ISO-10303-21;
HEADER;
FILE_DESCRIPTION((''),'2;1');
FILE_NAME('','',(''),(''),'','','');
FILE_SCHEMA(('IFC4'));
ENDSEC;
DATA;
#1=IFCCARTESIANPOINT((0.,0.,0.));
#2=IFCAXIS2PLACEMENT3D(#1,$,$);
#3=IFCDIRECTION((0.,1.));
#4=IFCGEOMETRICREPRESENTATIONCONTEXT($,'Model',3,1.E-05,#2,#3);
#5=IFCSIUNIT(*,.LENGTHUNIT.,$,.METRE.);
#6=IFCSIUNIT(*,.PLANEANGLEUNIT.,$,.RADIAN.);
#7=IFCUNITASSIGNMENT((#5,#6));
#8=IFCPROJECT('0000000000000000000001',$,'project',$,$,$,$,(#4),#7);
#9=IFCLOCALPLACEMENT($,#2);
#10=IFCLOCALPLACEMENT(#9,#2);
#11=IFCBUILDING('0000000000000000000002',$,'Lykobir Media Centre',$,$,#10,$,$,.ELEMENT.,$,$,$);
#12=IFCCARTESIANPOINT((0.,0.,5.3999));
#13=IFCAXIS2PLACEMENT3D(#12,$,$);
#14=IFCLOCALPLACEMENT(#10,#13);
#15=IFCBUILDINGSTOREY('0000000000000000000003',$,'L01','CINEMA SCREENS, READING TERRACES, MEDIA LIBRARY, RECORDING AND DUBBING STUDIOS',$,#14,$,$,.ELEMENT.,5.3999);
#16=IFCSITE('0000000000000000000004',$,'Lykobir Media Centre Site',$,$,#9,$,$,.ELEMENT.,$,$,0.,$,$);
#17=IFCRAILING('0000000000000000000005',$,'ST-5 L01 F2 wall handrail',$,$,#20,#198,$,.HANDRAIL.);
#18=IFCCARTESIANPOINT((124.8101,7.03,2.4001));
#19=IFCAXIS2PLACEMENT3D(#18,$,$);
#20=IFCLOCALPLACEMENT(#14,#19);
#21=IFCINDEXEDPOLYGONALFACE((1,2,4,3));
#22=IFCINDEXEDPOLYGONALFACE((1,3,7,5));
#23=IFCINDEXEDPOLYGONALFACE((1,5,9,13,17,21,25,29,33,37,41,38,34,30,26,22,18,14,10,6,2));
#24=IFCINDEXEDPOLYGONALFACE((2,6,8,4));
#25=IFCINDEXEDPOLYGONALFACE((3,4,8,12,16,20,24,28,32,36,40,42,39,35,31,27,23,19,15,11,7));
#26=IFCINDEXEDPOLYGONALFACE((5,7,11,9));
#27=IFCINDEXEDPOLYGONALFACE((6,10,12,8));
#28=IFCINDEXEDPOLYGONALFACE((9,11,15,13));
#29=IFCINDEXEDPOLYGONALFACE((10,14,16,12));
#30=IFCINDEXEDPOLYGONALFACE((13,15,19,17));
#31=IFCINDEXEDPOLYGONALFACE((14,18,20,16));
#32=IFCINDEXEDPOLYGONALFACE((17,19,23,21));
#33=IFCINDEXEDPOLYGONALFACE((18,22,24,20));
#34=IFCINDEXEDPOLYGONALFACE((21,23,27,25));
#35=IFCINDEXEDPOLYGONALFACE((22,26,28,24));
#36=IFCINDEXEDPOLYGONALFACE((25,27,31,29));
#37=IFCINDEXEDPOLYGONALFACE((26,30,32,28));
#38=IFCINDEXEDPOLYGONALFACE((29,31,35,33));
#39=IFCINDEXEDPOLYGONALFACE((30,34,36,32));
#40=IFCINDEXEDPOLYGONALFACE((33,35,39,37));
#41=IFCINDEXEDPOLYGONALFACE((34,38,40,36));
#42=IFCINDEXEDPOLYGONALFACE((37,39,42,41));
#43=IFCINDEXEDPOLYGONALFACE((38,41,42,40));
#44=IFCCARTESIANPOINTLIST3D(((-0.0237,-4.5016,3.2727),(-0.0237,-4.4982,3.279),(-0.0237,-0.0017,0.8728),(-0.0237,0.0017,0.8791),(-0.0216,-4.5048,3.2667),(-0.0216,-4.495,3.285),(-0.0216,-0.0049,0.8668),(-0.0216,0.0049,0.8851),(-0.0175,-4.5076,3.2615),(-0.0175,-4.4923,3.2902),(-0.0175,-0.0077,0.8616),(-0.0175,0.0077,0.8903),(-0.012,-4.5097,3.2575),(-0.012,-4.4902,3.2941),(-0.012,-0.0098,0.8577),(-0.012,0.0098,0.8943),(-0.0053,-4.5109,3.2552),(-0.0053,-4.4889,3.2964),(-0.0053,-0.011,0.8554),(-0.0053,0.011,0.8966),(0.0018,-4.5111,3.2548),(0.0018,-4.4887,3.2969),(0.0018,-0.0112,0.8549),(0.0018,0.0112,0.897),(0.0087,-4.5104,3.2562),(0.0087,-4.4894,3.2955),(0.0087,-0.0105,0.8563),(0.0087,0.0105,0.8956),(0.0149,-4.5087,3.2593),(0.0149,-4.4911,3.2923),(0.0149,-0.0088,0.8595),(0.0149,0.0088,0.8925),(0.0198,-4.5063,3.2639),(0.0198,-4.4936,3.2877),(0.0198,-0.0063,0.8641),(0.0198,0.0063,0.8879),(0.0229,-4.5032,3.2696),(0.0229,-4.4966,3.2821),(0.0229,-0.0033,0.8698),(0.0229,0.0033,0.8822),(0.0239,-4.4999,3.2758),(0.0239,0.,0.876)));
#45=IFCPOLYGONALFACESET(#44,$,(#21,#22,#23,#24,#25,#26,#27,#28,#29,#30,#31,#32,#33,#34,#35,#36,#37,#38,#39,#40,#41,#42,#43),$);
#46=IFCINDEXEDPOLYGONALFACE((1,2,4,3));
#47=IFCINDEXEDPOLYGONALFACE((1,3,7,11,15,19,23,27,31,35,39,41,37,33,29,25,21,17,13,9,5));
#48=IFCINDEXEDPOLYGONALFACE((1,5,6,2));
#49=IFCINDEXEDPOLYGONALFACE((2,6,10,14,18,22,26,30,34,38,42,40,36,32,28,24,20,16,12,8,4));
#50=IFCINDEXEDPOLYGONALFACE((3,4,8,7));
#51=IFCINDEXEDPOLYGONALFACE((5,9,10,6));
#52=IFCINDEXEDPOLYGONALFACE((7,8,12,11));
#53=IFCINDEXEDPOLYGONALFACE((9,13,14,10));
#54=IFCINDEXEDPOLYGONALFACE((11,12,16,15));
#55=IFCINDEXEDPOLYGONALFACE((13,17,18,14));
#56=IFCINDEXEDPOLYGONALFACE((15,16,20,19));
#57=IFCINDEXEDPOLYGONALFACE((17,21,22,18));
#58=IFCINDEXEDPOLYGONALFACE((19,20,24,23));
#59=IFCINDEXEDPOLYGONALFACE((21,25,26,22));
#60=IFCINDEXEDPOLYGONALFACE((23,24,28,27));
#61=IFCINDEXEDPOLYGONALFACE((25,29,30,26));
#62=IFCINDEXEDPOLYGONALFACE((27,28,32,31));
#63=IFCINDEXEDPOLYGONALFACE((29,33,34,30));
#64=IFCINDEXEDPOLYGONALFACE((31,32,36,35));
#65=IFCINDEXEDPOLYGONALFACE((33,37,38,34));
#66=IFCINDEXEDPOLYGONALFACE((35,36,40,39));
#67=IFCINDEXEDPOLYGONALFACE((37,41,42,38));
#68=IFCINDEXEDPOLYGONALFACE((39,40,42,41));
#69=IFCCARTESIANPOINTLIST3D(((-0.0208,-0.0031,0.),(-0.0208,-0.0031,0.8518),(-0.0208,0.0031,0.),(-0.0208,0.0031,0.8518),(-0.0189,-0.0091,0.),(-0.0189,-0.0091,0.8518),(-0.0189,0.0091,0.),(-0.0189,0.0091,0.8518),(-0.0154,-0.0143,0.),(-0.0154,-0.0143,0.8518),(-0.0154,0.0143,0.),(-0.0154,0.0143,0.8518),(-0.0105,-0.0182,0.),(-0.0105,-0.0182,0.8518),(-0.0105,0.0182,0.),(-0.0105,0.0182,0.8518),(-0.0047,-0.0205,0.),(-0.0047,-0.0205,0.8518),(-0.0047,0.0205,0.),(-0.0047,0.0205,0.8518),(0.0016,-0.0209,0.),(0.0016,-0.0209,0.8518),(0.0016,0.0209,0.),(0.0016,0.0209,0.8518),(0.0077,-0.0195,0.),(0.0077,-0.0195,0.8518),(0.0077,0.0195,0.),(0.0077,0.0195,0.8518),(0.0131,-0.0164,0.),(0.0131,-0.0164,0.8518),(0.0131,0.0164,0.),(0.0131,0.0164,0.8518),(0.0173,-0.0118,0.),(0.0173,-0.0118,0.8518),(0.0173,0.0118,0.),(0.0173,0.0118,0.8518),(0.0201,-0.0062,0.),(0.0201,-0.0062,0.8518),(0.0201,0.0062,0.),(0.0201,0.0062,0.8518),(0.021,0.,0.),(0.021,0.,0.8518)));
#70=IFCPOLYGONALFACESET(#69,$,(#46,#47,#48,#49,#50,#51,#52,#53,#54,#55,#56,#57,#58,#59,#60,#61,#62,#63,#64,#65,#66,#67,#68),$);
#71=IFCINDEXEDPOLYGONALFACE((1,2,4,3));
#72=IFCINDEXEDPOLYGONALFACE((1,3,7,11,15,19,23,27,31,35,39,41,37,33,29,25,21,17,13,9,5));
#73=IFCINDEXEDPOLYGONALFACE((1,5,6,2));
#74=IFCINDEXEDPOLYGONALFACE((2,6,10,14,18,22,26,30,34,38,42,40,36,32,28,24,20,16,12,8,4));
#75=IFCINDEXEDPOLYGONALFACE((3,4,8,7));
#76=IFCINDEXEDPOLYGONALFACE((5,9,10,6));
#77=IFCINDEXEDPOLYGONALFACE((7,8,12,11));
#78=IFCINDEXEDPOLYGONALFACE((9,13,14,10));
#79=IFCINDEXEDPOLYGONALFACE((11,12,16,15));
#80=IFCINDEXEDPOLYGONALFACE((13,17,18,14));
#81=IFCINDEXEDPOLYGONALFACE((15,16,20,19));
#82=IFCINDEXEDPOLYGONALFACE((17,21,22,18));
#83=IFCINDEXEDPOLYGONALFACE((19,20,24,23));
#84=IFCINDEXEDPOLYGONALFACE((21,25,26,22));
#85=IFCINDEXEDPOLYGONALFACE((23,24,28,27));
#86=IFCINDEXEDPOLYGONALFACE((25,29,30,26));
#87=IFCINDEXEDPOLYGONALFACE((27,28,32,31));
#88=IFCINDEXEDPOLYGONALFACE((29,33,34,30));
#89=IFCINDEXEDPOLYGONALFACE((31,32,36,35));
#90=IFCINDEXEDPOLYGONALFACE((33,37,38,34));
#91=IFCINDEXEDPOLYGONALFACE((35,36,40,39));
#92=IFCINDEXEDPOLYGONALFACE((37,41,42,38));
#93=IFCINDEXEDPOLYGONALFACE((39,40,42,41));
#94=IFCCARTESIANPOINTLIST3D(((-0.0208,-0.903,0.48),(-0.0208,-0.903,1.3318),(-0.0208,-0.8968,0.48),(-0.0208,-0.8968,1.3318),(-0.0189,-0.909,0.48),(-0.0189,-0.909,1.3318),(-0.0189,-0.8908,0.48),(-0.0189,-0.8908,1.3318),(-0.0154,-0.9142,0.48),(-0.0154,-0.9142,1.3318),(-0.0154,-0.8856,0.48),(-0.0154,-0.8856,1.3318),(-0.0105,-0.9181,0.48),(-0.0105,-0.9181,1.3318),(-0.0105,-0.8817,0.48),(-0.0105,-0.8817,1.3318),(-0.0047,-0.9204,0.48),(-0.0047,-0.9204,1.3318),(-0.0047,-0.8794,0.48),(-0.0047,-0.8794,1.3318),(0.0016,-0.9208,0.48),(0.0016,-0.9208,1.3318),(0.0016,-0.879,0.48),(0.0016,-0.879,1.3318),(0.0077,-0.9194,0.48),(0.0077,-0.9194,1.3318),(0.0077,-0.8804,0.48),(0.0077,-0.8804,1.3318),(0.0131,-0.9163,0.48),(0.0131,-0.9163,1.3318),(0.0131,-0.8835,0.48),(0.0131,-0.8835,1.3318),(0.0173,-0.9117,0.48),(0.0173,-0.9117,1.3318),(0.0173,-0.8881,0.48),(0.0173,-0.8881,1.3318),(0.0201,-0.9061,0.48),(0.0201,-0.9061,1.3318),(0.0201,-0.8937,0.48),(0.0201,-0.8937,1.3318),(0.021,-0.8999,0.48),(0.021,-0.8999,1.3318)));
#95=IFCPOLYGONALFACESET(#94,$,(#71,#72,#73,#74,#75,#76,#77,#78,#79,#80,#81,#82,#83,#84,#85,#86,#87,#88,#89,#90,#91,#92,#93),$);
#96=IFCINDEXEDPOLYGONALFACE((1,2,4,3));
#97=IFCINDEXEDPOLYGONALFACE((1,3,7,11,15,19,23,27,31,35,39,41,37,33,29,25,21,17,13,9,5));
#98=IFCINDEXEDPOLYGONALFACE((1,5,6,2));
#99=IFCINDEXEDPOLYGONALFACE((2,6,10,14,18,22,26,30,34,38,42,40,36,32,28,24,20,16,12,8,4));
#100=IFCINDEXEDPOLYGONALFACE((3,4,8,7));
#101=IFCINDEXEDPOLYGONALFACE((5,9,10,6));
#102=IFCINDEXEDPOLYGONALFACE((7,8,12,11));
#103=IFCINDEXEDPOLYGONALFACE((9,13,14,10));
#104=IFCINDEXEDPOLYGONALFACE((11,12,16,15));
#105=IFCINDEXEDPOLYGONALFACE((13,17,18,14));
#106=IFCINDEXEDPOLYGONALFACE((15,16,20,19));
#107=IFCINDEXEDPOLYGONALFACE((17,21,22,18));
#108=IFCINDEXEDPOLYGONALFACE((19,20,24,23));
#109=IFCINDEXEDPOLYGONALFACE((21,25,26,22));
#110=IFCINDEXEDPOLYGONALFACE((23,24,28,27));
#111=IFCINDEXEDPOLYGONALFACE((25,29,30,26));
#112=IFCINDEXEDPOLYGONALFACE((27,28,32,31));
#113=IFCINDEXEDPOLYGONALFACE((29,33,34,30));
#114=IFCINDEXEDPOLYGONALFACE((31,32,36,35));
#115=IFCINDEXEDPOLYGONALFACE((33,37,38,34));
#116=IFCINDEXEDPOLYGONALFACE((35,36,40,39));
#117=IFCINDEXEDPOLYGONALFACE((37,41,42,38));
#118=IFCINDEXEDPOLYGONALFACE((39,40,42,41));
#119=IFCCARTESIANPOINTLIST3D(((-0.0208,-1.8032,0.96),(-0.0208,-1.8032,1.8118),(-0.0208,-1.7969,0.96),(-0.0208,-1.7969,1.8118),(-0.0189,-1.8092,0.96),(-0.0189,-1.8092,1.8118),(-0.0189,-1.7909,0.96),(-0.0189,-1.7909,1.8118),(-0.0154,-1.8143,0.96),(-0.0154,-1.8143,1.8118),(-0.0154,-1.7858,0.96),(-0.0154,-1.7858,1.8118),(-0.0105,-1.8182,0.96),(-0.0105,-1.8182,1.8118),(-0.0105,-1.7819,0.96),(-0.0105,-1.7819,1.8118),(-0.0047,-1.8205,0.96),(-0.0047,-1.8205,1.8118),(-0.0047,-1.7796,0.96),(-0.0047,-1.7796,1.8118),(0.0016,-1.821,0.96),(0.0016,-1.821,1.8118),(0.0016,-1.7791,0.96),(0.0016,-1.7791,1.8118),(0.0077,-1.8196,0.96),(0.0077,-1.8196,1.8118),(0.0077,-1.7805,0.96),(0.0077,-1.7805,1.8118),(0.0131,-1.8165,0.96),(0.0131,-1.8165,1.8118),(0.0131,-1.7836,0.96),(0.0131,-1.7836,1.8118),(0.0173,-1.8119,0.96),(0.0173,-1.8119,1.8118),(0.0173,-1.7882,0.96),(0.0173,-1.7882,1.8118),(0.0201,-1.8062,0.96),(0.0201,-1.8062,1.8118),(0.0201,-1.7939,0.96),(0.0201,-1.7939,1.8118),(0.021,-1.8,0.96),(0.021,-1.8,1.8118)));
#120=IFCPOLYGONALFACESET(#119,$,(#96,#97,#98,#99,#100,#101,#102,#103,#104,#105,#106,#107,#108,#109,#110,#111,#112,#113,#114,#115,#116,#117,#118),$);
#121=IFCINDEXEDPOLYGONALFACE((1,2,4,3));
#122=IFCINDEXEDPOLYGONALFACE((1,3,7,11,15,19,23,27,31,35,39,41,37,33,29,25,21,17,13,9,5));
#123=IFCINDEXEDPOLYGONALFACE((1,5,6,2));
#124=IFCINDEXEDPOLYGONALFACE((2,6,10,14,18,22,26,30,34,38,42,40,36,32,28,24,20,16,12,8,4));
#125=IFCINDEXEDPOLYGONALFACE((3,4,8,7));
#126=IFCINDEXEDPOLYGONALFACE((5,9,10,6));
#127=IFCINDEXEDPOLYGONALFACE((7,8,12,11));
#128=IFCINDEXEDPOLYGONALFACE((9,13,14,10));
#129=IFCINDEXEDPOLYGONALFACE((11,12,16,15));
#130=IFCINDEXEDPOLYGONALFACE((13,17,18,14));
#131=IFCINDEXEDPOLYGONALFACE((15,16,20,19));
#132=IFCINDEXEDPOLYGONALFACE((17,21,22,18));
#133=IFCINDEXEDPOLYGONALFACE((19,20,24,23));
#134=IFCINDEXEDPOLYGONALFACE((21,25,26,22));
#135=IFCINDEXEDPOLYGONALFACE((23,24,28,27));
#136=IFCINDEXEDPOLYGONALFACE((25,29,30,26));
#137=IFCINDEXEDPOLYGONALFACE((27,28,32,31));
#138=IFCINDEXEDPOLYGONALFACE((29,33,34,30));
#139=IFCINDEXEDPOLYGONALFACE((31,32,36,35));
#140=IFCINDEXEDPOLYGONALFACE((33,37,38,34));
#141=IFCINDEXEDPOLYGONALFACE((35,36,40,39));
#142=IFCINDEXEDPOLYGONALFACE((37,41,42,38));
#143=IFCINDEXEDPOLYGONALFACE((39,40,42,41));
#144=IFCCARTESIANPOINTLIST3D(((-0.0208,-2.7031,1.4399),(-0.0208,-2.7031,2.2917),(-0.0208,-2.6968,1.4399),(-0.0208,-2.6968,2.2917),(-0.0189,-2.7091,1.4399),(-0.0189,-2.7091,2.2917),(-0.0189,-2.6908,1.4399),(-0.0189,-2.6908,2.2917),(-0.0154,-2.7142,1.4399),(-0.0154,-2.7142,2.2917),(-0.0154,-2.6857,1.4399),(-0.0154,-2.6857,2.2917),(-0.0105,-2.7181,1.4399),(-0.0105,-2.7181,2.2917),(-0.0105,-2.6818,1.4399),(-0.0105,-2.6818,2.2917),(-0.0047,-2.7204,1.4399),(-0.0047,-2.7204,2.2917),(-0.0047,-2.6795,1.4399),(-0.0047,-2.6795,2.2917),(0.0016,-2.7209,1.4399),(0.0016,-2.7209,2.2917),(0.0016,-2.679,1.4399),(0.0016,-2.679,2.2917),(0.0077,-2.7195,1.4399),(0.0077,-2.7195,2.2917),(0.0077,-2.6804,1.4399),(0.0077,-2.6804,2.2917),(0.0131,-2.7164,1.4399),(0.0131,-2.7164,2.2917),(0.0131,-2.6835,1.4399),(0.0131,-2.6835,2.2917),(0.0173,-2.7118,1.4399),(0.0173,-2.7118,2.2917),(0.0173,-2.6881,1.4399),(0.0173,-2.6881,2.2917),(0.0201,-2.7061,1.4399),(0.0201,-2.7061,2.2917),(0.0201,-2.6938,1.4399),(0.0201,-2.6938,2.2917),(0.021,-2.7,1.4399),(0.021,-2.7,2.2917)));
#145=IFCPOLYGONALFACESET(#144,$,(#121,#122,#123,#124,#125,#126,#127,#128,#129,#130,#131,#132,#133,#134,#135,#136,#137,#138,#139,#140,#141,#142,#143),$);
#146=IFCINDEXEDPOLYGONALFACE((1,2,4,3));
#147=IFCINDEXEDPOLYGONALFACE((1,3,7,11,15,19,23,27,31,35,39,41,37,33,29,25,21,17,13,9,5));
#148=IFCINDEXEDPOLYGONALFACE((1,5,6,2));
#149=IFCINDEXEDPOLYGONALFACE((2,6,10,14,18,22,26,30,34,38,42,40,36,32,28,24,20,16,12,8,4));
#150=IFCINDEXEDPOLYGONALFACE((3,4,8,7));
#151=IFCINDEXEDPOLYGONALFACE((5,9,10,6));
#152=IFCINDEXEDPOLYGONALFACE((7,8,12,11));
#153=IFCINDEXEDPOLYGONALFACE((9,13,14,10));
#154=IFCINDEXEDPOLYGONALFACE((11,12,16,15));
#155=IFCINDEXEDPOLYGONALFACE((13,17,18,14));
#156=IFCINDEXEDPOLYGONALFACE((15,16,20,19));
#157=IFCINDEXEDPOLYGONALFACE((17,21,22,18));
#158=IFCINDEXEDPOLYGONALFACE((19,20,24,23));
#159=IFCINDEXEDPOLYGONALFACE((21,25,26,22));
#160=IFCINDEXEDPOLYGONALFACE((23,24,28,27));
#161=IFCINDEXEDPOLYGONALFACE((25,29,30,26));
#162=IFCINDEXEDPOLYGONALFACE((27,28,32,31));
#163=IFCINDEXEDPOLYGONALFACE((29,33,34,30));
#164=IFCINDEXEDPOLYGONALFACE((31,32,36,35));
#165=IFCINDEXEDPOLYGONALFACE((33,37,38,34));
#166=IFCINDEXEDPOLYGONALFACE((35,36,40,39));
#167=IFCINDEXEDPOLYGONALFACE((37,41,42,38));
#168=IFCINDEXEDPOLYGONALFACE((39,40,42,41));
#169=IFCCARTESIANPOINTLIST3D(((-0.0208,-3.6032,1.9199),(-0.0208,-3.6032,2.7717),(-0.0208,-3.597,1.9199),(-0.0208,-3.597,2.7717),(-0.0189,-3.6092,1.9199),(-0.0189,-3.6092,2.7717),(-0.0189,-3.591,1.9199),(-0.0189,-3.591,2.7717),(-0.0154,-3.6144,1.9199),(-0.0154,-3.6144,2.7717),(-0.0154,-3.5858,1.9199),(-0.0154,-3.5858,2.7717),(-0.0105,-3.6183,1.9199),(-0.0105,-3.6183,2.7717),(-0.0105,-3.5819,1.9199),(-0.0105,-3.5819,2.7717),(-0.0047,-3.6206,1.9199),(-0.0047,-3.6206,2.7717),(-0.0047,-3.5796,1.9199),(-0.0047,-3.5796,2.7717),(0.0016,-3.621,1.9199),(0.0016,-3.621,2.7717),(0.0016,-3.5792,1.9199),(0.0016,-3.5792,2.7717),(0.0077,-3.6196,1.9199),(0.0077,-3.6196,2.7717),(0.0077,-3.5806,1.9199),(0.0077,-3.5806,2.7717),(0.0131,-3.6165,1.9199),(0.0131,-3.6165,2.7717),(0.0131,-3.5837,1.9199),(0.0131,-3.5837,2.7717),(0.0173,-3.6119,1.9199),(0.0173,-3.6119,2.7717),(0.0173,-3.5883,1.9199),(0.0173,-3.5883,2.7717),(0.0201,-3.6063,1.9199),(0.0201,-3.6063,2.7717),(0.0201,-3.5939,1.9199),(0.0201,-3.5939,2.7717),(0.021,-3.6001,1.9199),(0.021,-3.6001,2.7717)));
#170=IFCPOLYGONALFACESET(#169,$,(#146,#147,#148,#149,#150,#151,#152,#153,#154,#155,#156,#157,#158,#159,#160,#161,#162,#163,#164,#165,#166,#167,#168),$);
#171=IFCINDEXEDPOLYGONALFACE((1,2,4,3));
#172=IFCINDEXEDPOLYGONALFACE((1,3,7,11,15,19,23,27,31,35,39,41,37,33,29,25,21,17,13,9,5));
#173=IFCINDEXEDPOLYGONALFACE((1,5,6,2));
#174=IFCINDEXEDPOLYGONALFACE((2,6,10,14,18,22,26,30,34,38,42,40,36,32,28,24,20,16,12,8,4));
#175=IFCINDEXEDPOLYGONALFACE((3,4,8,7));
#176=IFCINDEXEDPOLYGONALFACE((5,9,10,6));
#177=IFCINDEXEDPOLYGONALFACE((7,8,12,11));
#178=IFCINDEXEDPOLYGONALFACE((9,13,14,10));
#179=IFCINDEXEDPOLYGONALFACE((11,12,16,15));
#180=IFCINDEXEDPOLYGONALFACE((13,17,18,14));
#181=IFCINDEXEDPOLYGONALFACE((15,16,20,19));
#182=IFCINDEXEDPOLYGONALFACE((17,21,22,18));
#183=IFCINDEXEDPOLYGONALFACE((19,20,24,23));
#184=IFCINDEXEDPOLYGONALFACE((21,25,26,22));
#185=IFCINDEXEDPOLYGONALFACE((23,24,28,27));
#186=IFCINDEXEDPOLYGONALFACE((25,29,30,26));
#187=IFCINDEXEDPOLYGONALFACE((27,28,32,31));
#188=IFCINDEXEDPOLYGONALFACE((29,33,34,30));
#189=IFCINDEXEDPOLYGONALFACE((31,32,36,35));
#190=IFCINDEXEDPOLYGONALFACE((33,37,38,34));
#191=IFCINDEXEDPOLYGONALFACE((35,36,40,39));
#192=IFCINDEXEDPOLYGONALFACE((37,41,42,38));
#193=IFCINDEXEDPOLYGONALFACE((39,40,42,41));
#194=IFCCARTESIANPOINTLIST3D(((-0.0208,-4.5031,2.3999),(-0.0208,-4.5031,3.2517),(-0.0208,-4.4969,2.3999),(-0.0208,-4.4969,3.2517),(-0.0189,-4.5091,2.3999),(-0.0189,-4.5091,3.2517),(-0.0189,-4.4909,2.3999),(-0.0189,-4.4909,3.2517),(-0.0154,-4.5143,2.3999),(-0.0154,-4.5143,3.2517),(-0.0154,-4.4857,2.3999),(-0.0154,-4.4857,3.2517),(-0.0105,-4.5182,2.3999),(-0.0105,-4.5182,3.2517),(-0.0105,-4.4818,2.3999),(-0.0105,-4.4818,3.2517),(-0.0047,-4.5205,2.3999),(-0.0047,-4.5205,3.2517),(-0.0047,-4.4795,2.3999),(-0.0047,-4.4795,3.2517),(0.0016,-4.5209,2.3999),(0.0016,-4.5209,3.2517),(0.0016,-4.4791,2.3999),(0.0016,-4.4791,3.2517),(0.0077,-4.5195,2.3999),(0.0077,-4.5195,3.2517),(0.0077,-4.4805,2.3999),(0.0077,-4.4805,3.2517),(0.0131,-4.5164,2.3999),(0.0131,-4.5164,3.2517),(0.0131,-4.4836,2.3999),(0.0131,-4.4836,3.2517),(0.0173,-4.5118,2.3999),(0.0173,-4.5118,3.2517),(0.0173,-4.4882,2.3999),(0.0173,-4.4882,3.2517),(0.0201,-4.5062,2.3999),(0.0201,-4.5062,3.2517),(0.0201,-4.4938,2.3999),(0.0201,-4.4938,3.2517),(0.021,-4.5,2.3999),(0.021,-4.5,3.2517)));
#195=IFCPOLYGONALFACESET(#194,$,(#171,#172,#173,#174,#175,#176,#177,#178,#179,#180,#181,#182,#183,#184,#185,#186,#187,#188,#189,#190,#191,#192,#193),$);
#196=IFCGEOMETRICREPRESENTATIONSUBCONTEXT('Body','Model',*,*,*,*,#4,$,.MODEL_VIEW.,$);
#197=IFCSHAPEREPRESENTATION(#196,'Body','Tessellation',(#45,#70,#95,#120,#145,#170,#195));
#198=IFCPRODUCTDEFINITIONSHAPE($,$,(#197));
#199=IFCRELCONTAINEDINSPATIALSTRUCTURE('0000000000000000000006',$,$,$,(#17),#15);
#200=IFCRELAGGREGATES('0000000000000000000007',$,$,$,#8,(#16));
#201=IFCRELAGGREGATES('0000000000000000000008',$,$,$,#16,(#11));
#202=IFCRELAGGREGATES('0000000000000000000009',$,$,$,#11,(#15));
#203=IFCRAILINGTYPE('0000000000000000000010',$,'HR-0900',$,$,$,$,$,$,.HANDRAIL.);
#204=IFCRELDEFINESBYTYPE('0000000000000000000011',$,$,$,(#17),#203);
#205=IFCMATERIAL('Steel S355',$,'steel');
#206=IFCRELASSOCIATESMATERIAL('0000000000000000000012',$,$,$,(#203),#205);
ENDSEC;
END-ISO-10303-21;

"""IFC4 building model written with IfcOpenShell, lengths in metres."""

from ifc_helpers import new_model, si_unit, direction, frame, origin, origin_2d, place, context, subcontext, project, spatial, circle, extrude, material, type_object, element, save


model = new_model("IFC4")

# Units and contexts
model_context = context("Model", 3, precision=1e-05, world=origin(), true_north=direction((0.0, 1.0)))
body_context = subcontext(model_context, "Body", "Model", "MODEL_VIEW")
ifc_project = project(units=[si_unit("LENGTHUNIT", "METRE"), si_unit("PLANEANGLEUNIT", "RADIAN")], contexts=[model_context])

# Site, building, storey
site_placement = place(None, origin())
site = spatial("IfcSite", under=ifc_project, at=site_placement, Name="Lykobir Media Centre Site", CompositionType="ELEMENT", RefElevation=0.0)
building_placement = place(site_placement, origin())
building = spatial("IfcBuilding", under=site, at=building_placement, Name="Lykobir Media Centre", CompositionType="ELEMENT")
storey_placement = place(building_placement, frame((0.0, 0.0, 5.3999)))
storey = spatial("IfcBuildingStorey", under=building, at=storey_placement, Name="L01", Description="CINEMA SCREENS, READING TERRACES, MEDIA LIBRARY, RECORDING AND DUBBING STUDIOS", CompositionType="ELEMENT", Elevation=5.3999)

# Shared definitions
ifc_material_1 = material(Name="Steel S355", Category="steel")

# Railing
railing_type_1 = type_object("IfcRailingType", Name="HR-0900", PredefinedType="HANDRAIL", material=ifc_material_1)
railing_1_placement = place(storey_placement, frame((124.8101, 7.03, 2.4001)))
element("IfcRailing", 1, at=railing_1_placement, inside=storey, type_object=railing_type_1, Name="ST-5 L01 F2 wall handrail", PredefinedType="HANDRAIL", context=body_context, shape_type="SweptSolid", body=[
    extrude(circle(Radius=0.0239, at=origin_2d()), frame((0.0, 0.0, 0.876), z_axis=(0.0, -0.882361, 0.470573), x_axis=(1.0, 0.0, 0.0)), (0.0, 0.0, 1.0), 5.0999),
    extrude(circle(Radius=0.021, at=origin_2d()), origin(), (0.0, 0.0, 1.0), 0.8518),
    extrude(circle(Radius=0.021, at=origin_2d()), frame((0.0, -0.8999, 0.48)), (0.0, 0.0, 1.0), 0.8518),
    extrude(circle(Radius=0.021, at=origin_2d()), frame((0.0, -1.8, 0.96)), (0.0, 0.0, 1.0), 0.8518),
    extrude(circle(Radius=0.021, at=origin_2d()), frame((0.0, -2.7, 1.4399)), (0.0, 0.0, 1.0), 0.8518),
    extrude(circle(Radius=0.021, at=origin_2d()), frame((0.0, -3.6001, 1.9199)), (0.0, 0.0, 1.0), 0.8518),
    extrude(circle(Radius=0.021, at=origin_2d()), frame((0.0, -4.5, 2.3999)), (0.0, 0.0, 1.0), 0.8518),
])

save(model, "model.ifc")
